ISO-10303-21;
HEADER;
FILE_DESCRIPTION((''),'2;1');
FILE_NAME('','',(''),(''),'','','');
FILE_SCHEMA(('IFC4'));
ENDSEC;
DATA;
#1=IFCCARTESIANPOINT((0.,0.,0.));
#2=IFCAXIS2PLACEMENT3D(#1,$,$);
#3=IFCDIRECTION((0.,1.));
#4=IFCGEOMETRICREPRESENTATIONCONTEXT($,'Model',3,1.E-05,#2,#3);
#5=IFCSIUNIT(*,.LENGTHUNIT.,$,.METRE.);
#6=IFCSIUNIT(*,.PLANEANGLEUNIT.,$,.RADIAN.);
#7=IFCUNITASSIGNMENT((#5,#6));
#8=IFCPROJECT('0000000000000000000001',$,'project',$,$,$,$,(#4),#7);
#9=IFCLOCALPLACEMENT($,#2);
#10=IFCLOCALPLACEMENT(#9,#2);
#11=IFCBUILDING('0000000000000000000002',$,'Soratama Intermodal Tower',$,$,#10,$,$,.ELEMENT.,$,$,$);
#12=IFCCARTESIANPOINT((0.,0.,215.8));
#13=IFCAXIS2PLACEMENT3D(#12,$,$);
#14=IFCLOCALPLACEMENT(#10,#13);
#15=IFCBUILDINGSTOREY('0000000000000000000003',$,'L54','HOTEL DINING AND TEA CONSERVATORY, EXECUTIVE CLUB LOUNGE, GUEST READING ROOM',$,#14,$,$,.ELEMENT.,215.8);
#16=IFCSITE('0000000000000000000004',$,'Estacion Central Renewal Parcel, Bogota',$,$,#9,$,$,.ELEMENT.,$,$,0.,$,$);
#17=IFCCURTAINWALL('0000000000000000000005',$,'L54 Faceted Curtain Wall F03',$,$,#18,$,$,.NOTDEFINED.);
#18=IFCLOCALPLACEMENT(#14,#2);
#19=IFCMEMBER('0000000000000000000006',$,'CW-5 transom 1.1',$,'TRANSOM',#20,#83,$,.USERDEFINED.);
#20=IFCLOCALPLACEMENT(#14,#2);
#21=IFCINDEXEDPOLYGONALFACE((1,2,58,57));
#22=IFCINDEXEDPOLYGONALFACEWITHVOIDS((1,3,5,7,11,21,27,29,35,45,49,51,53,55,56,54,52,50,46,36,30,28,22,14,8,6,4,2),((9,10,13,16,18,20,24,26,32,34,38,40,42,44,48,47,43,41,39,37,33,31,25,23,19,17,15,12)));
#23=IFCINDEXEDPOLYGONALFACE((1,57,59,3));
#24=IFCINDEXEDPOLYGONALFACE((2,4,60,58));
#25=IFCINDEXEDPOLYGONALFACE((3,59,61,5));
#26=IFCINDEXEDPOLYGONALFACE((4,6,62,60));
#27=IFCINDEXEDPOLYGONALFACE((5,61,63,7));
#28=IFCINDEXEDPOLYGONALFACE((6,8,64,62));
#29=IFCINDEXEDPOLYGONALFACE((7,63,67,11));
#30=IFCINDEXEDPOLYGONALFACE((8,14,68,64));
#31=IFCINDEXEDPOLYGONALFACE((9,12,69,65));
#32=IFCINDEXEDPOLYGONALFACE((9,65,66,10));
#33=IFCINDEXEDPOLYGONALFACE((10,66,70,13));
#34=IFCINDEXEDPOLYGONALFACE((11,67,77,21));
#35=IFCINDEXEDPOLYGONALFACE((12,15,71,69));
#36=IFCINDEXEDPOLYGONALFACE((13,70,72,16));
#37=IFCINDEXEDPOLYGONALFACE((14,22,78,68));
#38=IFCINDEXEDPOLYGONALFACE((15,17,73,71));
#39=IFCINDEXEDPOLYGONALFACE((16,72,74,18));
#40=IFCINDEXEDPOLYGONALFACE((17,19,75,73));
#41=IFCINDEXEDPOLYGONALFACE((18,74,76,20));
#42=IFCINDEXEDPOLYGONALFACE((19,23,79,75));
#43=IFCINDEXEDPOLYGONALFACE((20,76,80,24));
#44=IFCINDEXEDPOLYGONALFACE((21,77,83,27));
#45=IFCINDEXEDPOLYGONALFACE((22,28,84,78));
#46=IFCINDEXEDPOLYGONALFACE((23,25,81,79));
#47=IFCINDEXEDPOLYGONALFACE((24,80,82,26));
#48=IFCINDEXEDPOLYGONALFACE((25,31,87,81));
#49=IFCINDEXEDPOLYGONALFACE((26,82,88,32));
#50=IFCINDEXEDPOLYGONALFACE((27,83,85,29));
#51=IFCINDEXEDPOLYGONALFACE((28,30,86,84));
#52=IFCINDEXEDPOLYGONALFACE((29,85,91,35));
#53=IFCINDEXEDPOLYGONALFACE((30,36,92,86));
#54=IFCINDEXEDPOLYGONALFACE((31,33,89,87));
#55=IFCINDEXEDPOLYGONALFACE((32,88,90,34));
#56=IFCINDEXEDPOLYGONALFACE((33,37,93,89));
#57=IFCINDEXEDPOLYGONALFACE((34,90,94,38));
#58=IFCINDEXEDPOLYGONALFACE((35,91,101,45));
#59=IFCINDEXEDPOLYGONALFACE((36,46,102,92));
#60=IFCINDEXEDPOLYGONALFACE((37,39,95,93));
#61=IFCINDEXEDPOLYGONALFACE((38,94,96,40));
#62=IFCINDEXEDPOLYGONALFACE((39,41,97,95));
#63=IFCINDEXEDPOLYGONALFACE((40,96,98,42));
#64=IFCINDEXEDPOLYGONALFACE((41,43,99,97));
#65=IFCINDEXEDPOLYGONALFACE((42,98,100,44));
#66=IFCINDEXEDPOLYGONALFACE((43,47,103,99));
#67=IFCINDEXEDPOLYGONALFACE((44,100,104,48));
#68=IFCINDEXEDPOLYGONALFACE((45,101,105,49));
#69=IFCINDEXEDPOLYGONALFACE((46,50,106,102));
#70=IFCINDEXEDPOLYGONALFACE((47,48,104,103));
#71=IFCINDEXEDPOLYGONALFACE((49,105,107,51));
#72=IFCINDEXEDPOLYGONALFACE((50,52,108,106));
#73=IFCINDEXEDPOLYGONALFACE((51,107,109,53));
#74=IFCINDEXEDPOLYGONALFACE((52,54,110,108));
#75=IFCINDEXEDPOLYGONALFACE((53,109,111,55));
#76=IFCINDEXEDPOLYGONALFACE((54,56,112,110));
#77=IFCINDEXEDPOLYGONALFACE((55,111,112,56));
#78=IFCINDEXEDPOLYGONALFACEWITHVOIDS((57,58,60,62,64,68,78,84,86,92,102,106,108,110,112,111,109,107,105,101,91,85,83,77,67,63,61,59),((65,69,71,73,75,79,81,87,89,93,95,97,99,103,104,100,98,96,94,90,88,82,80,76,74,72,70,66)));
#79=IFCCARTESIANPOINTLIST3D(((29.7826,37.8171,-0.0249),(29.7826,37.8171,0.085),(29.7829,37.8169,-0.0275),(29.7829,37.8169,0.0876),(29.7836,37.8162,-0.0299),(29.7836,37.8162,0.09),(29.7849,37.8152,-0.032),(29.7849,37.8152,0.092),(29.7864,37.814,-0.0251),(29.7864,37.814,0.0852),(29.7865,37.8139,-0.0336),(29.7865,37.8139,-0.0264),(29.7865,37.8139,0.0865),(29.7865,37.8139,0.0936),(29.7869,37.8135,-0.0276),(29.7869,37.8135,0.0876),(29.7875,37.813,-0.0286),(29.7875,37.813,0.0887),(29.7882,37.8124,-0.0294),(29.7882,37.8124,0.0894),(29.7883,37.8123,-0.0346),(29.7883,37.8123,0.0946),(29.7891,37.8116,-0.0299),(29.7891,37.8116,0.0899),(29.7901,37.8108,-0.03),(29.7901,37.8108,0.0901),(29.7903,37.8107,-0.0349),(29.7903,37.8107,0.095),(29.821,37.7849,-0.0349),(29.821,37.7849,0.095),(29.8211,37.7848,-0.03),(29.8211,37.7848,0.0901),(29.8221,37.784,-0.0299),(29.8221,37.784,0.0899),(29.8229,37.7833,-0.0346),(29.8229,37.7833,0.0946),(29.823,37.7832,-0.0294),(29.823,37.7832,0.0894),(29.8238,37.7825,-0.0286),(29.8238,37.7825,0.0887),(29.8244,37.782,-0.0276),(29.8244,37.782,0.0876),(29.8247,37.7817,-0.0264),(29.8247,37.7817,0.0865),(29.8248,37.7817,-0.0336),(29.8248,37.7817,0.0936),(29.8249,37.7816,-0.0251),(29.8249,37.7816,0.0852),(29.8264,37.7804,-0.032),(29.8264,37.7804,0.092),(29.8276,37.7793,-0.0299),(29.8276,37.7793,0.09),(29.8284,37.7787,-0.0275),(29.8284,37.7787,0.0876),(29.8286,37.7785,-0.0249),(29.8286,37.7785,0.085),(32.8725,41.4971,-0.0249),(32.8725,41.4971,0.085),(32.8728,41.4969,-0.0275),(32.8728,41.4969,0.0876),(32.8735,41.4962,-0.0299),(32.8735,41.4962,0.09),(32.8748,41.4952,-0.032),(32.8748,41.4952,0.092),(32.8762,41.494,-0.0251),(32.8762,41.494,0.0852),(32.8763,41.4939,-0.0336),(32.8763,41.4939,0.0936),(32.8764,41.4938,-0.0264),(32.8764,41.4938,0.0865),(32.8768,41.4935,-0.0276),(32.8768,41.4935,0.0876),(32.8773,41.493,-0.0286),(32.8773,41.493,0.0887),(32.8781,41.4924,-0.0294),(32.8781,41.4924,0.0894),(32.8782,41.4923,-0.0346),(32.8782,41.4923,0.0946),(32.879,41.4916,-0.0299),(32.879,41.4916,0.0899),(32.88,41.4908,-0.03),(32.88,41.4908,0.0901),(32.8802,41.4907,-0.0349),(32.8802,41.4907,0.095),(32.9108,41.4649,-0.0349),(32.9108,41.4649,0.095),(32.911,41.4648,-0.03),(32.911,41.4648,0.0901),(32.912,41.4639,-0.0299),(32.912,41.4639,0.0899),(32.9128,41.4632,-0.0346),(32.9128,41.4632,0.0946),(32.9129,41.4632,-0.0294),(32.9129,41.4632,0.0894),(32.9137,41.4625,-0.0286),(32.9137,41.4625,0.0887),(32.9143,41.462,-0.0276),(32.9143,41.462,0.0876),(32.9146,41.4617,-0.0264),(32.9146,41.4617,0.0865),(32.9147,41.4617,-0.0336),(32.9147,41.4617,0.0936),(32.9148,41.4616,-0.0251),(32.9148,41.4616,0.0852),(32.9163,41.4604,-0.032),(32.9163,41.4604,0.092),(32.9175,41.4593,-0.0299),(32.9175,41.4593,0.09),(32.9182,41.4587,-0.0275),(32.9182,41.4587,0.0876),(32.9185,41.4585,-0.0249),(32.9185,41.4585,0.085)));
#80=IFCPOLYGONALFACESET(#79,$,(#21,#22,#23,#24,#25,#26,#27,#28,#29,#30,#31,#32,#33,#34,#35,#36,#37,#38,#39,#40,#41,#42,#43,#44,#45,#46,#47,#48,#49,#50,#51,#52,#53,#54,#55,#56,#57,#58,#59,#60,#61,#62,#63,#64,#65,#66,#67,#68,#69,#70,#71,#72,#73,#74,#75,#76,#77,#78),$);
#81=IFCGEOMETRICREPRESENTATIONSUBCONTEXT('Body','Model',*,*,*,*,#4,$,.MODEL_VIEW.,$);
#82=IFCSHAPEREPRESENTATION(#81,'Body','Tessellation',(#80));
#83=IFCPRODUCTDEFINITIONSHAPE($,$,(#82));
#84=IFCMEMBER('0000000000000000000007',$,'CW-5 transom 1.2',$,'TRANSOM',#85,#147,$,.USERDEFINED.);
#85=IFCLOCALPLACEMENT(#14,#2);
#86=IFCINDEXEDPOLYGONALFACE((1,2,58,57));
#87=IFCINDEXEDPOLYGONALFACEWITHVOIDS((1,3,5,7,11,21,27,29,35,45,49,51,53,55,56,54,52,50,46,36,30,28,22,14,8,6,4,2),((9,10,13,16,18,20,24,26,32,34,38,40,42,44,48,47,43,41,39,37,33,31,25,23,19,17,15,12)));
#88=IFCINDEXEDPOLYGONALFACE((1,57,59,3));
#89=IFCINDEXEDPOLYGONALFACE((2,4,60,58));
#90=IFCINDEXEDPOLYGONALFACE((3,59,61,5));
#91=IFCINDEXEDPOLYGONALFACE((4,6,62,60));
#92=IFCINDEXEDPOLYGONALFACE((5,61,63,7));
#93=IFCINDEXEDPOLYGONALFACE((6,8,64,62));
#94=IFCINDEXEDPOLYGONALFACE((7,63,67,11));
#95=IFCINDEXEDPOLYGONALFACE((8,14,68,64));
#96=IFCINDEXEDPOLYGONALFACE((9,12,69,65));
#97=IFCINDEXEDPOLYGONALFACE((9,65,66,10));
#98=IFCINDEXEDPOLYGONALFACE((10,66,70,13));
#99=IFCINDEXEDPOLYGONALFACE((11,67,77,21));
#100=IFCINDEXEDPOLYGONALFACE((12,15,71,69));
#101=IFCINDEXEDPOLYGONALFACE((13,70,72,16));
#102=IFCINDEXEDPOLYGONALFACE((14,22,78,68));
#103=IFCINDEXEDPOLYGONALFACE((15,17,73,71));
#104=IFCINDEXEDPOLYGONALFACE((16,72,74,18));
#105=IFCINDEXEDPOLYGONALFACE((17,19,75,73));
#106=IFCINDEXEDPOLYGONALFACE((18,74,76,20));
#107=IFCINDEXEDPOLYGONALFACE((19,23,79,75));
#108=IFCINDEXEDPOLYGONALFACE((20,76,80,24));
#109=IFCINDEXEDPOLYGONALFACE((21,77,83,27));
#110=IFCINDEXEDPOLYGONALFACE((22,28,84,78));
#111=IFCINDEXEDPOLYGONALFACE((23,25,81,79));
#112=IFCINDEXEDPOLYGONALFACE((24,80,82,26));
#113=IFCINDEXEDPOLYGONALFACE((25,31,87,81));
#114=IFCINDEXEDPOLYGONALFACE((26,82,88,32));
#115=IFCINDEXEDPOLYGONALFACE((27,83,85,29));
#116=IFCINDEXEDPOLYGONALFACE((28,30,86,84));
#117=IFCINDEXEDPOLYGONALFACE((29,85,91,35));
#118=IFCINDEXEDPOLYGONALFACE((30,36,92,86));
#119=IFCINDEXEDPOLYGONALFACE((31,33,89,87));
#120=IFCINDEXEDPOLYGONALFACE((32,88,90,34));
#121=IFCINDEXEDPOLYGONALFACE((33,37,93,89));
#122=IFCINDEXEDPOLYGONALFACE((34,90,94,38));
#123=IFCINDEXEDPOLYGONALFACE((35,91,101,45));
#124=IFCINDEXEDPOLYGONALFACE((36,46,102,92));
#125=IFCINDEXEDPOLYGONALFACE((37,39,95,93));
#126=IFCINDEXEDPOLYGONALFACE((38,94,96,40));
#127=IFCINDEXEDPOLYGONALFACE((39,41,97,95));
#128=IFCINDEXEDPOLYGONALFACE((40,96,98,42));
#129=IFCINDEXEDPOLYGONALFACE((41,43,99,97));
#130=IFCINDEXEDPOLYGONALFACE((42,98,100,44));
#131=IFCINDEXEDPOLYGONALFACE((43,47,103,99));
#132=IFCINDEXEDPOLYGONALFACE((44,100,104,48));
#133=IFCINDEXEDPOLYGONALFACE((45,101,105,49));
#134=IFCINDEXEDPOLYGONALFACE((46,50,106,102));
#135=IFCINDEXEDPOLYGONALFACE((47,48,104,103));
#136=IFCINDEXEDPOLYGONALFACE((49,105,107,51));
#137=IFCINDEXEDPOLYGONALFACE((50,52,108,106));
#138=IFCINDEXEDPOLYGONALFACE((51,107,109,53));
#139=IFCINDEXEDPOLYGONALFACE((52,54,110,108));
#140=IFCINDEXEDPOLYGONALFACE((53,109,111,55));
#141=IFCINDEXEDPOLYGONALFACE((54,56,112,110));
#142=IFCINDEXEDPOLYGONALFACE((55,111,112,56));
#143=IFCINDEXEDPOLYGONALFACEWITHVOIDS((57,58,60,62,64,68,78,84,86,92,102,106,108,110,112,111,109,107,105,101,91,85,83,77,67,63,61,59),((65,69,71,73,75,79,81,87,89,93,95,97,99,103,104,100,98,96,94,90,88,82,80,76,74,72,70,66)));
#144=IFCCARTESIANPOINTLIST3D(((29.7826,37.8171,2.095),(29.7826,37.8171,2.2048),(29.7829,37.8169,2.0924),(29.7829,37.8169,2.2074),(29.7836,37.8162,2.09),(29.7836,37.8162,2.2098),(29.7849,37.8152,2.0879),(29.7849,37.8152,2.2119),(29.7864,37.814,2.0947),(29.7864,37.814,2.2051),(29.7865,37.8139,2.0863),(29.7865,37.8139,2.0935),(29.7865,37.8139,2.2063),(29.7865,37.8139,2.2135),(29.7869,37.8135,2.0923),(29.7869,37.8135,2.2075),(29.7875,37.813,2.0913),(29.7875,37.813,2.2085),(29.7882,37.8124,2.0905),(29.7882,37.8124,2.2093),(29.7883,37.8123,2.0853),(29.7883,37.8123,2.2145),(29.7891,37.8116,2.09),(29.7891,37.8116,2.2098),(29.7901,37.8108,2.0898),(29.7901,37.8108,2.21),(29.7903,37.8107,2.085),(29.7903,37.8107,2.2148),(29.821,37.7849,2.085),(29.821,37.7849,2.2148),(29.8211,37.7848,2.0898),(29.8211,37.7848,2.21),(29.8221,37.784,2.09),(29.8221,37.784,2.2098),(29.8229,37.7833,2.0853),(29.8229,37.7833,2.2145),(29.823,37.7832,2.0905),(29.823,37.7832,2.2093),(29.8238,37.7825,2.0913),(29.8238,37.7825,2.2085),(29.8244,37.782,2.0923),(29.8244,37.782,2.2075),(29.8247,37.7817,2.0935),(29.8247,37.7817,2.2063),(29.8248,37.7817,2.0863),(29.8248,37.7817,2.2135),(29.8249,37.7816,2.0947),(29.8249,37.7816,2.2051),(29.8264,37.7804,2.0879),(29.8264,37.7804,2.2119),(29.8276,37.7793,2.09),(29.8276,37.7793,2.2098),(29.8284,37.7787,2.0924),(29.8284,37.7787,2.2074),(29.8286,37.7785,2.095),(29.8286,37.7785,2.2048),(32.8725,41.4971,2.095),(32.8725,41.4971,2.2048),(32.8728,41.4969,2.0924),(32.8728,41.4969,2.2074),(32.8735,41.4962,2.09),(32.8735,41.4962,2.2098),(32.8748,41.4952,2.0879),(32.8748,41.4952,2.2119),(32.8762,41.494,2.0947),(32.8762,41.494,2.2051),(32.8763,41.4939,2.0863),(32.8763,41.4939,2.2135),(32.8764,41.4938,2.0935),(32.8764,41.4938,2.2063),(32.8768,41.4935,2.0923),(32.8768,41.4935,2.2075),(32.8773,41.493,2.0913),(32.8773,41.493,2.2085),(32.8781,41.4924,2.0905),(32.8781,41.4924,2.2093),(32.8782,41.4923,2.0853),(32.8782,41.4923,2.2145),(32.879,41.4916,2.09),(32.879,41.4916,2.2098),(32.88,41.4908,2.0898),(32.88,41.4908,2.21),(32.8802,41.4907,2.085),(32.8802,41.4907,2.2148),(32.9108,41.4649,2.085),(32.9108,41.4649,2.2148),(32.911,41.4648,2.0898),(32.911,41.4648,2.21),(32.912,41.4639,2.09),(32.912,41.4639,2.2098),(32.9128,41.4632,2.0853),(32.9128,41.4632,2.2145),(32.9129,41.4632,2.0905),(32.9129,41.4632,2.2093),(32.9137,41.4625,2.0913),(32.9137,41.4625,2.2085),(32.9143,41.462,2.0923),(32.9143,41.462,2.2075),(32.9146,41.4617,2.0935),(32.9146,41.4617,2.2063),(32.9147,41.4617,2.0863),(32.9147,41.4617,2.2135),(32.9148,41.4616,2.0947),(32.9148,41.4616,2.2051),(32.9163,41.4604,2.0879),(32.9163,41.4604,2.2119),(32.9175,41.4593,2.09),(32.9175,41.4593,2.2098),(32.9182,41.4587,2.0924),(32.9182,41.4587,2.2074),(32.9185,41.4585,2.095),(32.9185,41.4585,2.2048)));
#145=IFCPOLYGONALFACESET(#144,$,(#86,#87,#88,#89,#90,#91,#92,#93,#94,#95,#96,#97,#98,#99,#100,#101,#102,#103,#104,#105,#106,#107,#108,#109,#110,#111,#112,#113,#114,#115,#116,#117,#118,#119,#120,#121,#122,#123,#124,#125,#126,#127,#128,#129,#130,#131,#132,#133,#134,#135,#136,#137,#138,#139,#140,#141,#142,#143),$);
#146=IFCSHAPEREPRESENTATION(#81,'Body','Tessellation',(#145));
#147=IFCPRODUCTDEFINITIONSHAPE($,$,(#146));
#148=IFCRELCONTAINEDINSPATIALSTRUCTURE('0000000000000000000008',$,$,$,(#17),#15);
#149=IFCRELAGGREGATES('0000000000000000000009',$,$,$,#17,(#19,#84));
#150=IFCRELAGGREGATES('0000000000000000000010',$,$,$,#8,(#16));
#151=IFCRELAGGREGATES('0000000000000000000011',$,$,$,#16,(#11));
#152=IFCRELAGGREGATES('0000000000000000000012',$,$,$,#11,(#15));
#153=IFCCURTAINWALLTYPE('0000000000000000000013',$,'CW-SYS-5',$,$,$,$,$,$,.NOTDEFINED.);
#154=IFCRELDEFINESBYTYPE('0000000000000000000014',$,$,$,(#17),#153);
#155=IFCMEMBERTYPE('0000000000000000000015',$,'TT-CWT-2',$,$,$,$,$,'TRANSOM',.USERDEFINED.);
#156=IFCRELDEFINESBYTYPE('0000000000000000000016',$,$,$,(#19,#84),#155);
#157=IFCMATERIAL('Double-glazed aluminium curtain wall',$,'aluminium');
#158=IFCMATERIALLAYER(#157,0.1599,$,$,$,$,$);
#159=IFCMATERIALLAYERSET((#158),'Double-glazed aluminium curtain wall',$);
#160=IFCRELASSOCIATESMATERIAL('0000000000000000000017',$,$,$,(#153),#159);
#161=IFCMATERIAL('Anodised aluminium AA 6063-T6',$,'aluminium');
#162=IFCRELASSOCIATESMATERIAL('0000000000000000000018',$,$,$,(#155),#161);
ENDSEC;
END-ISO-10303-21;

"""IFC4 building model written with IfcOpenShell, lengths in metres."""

from ifc_helpers import new_model, si_unit, direction, frame, origin, origin_2d, place, context, subcontext, project, spatial, hollow_rectangle, extrude, material, layer, layer_set, material_profile, profile_set, type_object, element, aggregate, save


model = new_model("IFC4")

# Units and contexts
model_context = context("Model", 3, precision=1e-05, world=origin(), true_north=direction((0.0, 1.0)))
body_context = subcontext(model_context, "Body", "Model", "MODEL_VIEW")
ifc_project = project(units=[si_unit("LENGTHUNIT", "METRE"), si_unit("PLANEANGLEUNIT", "RADIAN")], contexts=[model_context])

# Site, building, storey
site_placement = place(None, origin())
site = spatial("IfcSite", under=ifc_project, at=site_placement, Name="Estacion Central Renewal Parcel, Bogota", CompositionType="ELEMENT", RefElevation=0.0)
building_placement = place(site_placement, origin())
building = spatial("IfcBuilding", under=site, at=building_placement, Name="Soratama Intermodal Tower", CompositionType="ELEMENT")
storey_placement = place(building_placement, frame((0.0, 0.0, 215.8)))
storey = spatial("IfcBuildingStorey", under=building, at=storey_placement, Name="L54", Description="HOTEL DINING AND TEA CONSERVATORY, EXECUTIVE CLUB LOUNGE, GUEST READING ROOM", CompositionType="ELEMENT", Elevation=215.8)

# Curtain wall, members
ifc_material_1 = material(Name="Double-glazed aluminium curtain wall", Category="aluminium")
ifc_layer_1 = layer(ifc_material_1, 0.1599)
ifc_layer_set_1 = layer_set([ifc_layer_1], Name="Double-glazed aluminium curtain wall")
curtain_wall_type = type_object("IfcCurtainWallType", Name="CW-SYS-5", PredefinedType="NOTDEFINED", material=ifc_layer_set_1)
curtain_wall_placement = place(storey_placement, origin())
curtain_wall = element("IfcCurtainWall", 1, at=curtain_wall_placement, inside=storey, type_object=curtain_wall_type, Name="L54 Faceted Curtain Wall F03", PredefinedType="NOTDEFINED")
ifc_material_2 = material(Name="Anodised aluminium AA 6063-T6", Category="aluminium")
ifc_material_profile_1 = material_profile(ifc_material_2, hollow_rectangle(XDim=0.0601, YDim=0.1299, WallThickness=0.0049, InnerFilletRadius=0.0049, OuterFilletRadius=0.01, at=origin_2d()), Name="CWT130X60X5")
ifc_profile_set_1 = profile_set([ifc_material_profile_1], Name="Anodised aluminium AA 6063-T6")
member_type_1 = type_object("IfcMemberType", Name="TT-CWT-2", ElementType="TRANSOM", PredefinedType="USERDEFINED", material=ifc_profile_set_1)
member_1_placement = place(storey_placement, frame((32.8955, 41.4778, 0.03), z_axis=(-0.643034, -0.765838, 0.0), x_axis=(0.765838, -0.643034, 0.0)))
member_1 = element("IfcMember", 2, at=member_1_placement, type_object=member_type_1, Name="CW-5 transom 1.1", ObjectType="TRANSOM", PredefinedType="USERDEFINED", context=body_context, shape_type="SweptSolid", body=[
    extrude(hollow_rectangle(XDim=0.0601, YDim=0.1299, WallThickness=0.0049, InnerFilletRadius=0.0049, OuterFilletRadius=0.01, at=origin_2d()), origin(), (0.0, 0.0, 1.0), 4.8052),
])
member_2_placement = place(storey_placement, frame((32.8955, 41.4778, 2.1499), z_axis=(-0.643034, -0.765838, 0.0), x_axis=(0.765838, -0.643034, 0.0)))
member_2 = element("IfcMember", 3, at=member_2_placement, type_object=member_type_1, Name="CW-5 transom 1.2", ObjectType="TRANSOM", PredefinedType="USERDEFINED", context=body_context, shape_type="SweptSolid", body=[
    extrude(hollow_rectangle(XDim=0.0601, YDim=0.1299, WallThickness=0.0049, InnerFilletRadius=0.0049, OuterFilletRadius=0.01, at=origin_2d()), origin(), (0.0, 0.0, 1.0), 4.8052),
])
aggregate(curtain_wall, [member_1, member_2])

save(model, "model.ifc")
